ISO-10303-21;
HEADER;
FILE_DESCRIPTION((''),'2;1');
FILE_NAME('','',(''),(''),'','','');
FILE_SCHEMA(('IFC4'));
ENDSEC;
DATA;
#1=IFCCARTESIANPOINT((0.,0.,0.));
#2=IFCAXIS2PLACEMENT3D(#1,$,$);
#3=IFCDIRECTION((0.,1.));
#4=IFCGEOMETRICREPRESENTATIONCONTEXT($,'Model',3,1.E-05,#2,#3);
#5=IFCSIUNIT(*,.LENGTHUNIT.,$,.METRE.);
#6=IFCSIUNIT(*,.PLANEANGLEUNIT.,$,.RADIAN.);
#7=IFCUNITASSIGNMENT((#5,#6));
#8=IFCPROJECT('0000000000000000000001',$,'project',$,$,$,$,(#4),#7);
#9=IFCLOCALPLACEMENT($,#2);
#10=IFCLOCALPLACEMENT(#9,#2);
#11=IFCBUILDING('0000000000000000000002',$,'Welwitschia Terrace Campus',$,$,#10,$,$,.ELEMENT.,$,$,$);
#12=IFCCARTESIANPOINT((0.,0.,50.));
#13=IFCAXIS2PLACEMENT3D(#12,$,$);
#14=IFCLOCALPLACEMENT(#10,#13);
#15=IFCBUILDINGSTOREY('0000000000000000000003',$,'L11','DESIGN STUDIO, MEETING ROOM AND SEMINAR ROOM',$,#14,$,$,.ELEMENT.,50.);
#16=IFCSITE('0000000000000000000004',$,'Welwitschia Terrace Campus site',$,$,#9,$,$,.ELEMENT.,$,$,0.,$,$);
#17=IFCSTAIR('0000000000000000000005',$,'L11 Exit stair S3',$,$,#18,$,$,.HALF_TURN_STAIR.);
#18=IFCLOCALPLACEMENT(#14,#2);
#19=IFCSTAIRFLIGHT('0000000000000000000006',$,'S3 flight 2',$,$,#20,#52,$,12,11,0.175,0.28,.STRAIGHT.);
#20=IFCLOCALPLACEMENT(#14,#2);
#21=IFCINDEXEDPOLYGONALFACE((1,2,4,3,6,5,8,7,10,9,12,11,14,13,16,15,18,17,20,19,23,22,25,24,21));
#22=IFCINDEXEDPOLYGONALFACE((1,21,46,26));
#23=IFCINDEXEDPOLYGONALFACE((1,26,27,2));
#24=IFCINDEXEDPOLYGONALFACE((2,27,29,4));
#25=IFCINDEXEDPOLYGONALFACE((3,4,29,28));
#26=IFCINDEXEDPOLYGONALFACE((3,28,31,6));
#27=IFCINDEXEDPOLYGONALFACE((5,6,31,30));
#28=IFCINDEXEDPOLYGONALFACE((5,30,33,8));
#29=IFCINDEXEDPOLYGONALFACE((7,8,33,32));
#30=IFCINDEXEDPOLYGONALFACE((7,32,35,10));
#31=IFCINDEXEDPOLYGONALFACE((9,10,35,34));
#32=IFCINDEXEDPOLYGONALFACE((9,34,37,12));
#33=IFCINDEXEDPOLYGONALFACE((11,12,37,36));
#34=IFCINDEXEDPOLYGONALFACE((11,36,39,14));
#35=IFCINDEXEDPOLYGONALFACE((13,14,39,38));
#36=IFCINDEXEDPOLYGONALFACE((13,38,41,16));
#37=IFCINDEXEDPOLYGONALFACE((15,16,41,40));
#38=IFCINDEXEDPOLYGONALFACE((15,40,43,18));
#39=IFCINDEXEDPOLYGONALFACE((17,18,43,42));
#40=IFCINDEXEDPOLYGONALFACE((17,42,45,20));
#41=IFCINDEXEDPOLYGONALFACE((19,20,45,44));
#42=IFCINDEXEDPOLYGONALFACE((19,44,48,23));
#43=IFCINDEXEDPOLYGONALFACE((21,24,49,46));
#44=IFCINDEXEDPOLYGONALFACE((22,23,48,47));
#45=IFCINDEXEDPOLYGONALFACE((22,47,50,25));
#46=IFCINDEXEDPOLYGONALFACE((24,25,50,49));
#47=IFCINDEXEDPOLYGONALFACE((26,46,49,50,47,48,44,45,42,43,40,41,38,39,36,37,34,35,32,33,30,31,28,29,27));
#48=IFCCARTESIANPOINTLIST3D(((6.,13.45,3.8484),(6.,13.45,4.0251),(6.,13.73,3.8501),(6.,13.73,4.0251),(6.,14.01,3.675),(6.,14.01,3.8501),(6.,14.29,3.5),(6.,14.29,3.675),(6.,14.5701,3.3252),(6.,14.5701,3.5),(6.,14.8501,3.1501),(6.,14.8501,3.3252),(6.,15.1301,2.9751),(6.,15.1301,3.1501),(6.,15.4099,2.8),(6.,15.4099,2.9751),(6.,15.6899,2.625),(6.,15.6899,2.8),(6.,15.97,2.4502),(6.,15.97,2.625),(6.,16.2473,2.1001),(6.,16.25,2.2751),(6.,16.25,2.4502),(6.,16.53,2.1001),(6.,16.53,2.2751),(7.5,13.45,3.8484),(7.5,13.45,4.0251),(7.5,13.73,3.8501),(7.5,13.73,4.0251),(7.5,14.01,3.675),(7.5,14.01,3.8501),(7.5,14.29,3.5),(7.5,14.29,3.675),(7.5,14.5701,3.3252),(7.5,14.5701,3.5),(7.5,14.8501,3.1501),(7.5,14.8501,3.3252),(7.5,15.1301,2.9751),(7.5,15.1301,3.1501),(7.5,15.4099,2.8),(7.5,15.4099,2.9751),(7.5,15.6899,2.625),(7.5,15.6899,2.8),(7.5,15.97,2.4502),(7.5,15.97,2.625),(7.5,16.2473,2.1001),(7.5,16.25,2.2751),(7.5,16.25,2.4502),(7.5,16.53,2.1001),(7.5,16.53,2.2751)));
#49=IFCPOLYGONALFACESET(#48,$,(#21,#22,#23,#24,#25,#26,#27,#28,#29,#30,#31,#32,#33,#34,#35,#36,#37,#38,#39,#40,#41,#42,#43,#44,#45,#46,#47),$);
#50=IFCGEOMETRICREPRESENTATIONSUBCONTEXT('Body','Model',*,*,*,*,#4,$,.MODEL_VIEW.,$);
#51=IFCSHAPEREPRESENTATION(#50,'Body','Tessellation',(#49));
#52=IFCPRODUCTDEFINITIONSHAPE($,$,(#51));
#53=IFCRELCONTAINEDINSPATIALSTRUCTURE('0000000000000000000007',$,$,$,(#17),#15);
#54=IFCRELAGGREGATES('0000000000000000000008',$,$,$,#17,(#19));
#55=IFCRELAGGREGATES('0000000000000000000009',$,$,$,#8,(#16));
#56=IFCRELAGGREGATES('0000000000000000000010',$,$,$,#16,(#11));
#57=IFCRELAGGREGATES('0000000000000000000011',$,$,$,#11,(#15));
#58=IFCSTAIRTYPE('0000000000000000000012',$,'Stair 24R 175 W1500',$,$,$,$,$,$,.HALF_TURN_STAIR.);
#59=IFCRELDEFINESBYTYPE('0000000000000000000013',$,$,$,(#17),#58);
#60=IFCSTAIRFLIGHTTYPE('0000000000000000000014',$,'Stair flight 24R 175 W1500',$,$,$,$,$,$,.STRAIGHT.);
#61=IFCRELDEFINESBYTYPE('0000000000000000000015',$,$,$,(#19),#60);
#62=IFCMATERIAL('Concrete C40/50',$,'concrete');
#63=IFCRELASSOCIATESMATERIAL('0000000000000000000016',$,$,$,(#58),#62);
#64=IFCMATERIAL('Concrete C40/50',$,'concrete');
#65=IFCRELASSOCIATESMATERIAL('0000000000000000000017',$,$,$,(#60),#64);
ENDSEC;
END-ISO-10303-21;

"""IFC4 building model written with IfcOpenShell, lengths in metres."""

from ifc_helpers import new_model, si_unit, direction, frame, origin, place, context, subcontext, project, spatial, polyline, outline, extrude, material, type_object, element, aggregate, save


model = new_model("IFC4")

# Units and contexts
model_context = context("Model", 3, precision=1e-05, world=origin(), true_north=direction((0.0, 1.0)))
body_context = subcontext(model_context, "Body", "Model", "MODEL_VIEW")
ifc_project = project(units=[si_unit("LENGTHUNIT", "METRE"), si_unit("PLANEANGLEUNIT", "RADIAN")], contexts=[model_context])

# Site, building, storey
site_placement = place(None, origin())
site = spatial("IfcSite", under=ifc_project, at=site_placement, Name="Welwitschia Terrace Campus site", CompositionType="ELEMENT", RefElevation=0.0)
building_placement = place(site_placement, origin())
building = spatial("IfcBuilding", under=site, at=building_placement, Name="Welwitschia Terrace Campus", CompositionType="ELEMENT")
storey_placement = place(building_placement, frame((0.0, 0.0, 50.0)))
storey = spatial("IfcBuildingStorey", under=building, at=storey_placement, Name="L11", Description="DESIGN STUDIO, MEETING ROOM AND SEMINAR ROOM", CompositionType="ELEMENT", Elevation=50.0)

# Stair, stair flight
ifc_material_1 = material(Name="Concrete C40/50", Category="concrete")
stair_type = type_object("IfcStairType", Name="Stair 24R 175 W1500", PredefinedType="HALF_TURN_STAIR", material=ifc_material_1)
ifc_material_2 = material(Name="Concrete C40/50", Category="concrete")
stair_flight_type = type_object("IfcStairFlightType", Name="Stair flight 24R 175 W1500", PredefinedType="STRAIGHT", material=ifc_material_2)
stair_1_placement = place(storey_placement, origin())
stair_1 = element("IfcStair", 1, at=stair_1_placement, inside=storey, type_object=stair_type, Name="L11 Exit stair S3", PredefinedType="HALF_TURN_STAIR")
stair_flight_1_placement = place(storey_placement, frame((6.75, 16.53, 2.1001), z_axis=(0.0, 0.0, 1.0), x_axis=(0.0, -1.0, 0.0)))
stair_flight_1 = element("IfcStairFlight", 2, at=stair_flight_1_placement, type_object=stair_flight_type, Name="S3 flight 2", NumberOfRisers=12, NumberOfTreads=11, PredefinedType="STRAIGHT", RiserHeight=0.175, TreadLength=0.28, context=body_context, shape_type="SweptSolid", body=[
    extrude(outline(polyline([(0.0, 0.0), (0.0, 0.175), (0.28, 0.175), (0.28, 0.3501), (0.5601, 0.3501), (0.5601, 0.5249), (0.8401, 0.5249), (0.8401, 0.7), (1.1201, 0.7), (1.1201, 0.875), (1.3999, 0.875), (1.3999, 1.05), (1.6799, 1.05), (1.6799, 1.2251), (1.96, 1.2251), (1.96, 1.3999), (2.24, 1.3999), (2.24, 1.575), (2.52, 1.575), (2.52, 1.75), (2.8, 1.75), (2.8, 1.925), (3.0801, 1.925), (3.0801, 2.1001), (3.0801, 1.7483), (0.2827, 0.0), (0.0, 0.0)])), frame((0.0, 0.75, 0.0), z_axis=(0.0, -1.0, 0.0), x_axis=(1.0, 0.0, 0.0)), (0.0, 0.0, 1.0), 1.5),
])
aggregate(stair_1, [stair_flight_1])

save(model, "model.ifc")
